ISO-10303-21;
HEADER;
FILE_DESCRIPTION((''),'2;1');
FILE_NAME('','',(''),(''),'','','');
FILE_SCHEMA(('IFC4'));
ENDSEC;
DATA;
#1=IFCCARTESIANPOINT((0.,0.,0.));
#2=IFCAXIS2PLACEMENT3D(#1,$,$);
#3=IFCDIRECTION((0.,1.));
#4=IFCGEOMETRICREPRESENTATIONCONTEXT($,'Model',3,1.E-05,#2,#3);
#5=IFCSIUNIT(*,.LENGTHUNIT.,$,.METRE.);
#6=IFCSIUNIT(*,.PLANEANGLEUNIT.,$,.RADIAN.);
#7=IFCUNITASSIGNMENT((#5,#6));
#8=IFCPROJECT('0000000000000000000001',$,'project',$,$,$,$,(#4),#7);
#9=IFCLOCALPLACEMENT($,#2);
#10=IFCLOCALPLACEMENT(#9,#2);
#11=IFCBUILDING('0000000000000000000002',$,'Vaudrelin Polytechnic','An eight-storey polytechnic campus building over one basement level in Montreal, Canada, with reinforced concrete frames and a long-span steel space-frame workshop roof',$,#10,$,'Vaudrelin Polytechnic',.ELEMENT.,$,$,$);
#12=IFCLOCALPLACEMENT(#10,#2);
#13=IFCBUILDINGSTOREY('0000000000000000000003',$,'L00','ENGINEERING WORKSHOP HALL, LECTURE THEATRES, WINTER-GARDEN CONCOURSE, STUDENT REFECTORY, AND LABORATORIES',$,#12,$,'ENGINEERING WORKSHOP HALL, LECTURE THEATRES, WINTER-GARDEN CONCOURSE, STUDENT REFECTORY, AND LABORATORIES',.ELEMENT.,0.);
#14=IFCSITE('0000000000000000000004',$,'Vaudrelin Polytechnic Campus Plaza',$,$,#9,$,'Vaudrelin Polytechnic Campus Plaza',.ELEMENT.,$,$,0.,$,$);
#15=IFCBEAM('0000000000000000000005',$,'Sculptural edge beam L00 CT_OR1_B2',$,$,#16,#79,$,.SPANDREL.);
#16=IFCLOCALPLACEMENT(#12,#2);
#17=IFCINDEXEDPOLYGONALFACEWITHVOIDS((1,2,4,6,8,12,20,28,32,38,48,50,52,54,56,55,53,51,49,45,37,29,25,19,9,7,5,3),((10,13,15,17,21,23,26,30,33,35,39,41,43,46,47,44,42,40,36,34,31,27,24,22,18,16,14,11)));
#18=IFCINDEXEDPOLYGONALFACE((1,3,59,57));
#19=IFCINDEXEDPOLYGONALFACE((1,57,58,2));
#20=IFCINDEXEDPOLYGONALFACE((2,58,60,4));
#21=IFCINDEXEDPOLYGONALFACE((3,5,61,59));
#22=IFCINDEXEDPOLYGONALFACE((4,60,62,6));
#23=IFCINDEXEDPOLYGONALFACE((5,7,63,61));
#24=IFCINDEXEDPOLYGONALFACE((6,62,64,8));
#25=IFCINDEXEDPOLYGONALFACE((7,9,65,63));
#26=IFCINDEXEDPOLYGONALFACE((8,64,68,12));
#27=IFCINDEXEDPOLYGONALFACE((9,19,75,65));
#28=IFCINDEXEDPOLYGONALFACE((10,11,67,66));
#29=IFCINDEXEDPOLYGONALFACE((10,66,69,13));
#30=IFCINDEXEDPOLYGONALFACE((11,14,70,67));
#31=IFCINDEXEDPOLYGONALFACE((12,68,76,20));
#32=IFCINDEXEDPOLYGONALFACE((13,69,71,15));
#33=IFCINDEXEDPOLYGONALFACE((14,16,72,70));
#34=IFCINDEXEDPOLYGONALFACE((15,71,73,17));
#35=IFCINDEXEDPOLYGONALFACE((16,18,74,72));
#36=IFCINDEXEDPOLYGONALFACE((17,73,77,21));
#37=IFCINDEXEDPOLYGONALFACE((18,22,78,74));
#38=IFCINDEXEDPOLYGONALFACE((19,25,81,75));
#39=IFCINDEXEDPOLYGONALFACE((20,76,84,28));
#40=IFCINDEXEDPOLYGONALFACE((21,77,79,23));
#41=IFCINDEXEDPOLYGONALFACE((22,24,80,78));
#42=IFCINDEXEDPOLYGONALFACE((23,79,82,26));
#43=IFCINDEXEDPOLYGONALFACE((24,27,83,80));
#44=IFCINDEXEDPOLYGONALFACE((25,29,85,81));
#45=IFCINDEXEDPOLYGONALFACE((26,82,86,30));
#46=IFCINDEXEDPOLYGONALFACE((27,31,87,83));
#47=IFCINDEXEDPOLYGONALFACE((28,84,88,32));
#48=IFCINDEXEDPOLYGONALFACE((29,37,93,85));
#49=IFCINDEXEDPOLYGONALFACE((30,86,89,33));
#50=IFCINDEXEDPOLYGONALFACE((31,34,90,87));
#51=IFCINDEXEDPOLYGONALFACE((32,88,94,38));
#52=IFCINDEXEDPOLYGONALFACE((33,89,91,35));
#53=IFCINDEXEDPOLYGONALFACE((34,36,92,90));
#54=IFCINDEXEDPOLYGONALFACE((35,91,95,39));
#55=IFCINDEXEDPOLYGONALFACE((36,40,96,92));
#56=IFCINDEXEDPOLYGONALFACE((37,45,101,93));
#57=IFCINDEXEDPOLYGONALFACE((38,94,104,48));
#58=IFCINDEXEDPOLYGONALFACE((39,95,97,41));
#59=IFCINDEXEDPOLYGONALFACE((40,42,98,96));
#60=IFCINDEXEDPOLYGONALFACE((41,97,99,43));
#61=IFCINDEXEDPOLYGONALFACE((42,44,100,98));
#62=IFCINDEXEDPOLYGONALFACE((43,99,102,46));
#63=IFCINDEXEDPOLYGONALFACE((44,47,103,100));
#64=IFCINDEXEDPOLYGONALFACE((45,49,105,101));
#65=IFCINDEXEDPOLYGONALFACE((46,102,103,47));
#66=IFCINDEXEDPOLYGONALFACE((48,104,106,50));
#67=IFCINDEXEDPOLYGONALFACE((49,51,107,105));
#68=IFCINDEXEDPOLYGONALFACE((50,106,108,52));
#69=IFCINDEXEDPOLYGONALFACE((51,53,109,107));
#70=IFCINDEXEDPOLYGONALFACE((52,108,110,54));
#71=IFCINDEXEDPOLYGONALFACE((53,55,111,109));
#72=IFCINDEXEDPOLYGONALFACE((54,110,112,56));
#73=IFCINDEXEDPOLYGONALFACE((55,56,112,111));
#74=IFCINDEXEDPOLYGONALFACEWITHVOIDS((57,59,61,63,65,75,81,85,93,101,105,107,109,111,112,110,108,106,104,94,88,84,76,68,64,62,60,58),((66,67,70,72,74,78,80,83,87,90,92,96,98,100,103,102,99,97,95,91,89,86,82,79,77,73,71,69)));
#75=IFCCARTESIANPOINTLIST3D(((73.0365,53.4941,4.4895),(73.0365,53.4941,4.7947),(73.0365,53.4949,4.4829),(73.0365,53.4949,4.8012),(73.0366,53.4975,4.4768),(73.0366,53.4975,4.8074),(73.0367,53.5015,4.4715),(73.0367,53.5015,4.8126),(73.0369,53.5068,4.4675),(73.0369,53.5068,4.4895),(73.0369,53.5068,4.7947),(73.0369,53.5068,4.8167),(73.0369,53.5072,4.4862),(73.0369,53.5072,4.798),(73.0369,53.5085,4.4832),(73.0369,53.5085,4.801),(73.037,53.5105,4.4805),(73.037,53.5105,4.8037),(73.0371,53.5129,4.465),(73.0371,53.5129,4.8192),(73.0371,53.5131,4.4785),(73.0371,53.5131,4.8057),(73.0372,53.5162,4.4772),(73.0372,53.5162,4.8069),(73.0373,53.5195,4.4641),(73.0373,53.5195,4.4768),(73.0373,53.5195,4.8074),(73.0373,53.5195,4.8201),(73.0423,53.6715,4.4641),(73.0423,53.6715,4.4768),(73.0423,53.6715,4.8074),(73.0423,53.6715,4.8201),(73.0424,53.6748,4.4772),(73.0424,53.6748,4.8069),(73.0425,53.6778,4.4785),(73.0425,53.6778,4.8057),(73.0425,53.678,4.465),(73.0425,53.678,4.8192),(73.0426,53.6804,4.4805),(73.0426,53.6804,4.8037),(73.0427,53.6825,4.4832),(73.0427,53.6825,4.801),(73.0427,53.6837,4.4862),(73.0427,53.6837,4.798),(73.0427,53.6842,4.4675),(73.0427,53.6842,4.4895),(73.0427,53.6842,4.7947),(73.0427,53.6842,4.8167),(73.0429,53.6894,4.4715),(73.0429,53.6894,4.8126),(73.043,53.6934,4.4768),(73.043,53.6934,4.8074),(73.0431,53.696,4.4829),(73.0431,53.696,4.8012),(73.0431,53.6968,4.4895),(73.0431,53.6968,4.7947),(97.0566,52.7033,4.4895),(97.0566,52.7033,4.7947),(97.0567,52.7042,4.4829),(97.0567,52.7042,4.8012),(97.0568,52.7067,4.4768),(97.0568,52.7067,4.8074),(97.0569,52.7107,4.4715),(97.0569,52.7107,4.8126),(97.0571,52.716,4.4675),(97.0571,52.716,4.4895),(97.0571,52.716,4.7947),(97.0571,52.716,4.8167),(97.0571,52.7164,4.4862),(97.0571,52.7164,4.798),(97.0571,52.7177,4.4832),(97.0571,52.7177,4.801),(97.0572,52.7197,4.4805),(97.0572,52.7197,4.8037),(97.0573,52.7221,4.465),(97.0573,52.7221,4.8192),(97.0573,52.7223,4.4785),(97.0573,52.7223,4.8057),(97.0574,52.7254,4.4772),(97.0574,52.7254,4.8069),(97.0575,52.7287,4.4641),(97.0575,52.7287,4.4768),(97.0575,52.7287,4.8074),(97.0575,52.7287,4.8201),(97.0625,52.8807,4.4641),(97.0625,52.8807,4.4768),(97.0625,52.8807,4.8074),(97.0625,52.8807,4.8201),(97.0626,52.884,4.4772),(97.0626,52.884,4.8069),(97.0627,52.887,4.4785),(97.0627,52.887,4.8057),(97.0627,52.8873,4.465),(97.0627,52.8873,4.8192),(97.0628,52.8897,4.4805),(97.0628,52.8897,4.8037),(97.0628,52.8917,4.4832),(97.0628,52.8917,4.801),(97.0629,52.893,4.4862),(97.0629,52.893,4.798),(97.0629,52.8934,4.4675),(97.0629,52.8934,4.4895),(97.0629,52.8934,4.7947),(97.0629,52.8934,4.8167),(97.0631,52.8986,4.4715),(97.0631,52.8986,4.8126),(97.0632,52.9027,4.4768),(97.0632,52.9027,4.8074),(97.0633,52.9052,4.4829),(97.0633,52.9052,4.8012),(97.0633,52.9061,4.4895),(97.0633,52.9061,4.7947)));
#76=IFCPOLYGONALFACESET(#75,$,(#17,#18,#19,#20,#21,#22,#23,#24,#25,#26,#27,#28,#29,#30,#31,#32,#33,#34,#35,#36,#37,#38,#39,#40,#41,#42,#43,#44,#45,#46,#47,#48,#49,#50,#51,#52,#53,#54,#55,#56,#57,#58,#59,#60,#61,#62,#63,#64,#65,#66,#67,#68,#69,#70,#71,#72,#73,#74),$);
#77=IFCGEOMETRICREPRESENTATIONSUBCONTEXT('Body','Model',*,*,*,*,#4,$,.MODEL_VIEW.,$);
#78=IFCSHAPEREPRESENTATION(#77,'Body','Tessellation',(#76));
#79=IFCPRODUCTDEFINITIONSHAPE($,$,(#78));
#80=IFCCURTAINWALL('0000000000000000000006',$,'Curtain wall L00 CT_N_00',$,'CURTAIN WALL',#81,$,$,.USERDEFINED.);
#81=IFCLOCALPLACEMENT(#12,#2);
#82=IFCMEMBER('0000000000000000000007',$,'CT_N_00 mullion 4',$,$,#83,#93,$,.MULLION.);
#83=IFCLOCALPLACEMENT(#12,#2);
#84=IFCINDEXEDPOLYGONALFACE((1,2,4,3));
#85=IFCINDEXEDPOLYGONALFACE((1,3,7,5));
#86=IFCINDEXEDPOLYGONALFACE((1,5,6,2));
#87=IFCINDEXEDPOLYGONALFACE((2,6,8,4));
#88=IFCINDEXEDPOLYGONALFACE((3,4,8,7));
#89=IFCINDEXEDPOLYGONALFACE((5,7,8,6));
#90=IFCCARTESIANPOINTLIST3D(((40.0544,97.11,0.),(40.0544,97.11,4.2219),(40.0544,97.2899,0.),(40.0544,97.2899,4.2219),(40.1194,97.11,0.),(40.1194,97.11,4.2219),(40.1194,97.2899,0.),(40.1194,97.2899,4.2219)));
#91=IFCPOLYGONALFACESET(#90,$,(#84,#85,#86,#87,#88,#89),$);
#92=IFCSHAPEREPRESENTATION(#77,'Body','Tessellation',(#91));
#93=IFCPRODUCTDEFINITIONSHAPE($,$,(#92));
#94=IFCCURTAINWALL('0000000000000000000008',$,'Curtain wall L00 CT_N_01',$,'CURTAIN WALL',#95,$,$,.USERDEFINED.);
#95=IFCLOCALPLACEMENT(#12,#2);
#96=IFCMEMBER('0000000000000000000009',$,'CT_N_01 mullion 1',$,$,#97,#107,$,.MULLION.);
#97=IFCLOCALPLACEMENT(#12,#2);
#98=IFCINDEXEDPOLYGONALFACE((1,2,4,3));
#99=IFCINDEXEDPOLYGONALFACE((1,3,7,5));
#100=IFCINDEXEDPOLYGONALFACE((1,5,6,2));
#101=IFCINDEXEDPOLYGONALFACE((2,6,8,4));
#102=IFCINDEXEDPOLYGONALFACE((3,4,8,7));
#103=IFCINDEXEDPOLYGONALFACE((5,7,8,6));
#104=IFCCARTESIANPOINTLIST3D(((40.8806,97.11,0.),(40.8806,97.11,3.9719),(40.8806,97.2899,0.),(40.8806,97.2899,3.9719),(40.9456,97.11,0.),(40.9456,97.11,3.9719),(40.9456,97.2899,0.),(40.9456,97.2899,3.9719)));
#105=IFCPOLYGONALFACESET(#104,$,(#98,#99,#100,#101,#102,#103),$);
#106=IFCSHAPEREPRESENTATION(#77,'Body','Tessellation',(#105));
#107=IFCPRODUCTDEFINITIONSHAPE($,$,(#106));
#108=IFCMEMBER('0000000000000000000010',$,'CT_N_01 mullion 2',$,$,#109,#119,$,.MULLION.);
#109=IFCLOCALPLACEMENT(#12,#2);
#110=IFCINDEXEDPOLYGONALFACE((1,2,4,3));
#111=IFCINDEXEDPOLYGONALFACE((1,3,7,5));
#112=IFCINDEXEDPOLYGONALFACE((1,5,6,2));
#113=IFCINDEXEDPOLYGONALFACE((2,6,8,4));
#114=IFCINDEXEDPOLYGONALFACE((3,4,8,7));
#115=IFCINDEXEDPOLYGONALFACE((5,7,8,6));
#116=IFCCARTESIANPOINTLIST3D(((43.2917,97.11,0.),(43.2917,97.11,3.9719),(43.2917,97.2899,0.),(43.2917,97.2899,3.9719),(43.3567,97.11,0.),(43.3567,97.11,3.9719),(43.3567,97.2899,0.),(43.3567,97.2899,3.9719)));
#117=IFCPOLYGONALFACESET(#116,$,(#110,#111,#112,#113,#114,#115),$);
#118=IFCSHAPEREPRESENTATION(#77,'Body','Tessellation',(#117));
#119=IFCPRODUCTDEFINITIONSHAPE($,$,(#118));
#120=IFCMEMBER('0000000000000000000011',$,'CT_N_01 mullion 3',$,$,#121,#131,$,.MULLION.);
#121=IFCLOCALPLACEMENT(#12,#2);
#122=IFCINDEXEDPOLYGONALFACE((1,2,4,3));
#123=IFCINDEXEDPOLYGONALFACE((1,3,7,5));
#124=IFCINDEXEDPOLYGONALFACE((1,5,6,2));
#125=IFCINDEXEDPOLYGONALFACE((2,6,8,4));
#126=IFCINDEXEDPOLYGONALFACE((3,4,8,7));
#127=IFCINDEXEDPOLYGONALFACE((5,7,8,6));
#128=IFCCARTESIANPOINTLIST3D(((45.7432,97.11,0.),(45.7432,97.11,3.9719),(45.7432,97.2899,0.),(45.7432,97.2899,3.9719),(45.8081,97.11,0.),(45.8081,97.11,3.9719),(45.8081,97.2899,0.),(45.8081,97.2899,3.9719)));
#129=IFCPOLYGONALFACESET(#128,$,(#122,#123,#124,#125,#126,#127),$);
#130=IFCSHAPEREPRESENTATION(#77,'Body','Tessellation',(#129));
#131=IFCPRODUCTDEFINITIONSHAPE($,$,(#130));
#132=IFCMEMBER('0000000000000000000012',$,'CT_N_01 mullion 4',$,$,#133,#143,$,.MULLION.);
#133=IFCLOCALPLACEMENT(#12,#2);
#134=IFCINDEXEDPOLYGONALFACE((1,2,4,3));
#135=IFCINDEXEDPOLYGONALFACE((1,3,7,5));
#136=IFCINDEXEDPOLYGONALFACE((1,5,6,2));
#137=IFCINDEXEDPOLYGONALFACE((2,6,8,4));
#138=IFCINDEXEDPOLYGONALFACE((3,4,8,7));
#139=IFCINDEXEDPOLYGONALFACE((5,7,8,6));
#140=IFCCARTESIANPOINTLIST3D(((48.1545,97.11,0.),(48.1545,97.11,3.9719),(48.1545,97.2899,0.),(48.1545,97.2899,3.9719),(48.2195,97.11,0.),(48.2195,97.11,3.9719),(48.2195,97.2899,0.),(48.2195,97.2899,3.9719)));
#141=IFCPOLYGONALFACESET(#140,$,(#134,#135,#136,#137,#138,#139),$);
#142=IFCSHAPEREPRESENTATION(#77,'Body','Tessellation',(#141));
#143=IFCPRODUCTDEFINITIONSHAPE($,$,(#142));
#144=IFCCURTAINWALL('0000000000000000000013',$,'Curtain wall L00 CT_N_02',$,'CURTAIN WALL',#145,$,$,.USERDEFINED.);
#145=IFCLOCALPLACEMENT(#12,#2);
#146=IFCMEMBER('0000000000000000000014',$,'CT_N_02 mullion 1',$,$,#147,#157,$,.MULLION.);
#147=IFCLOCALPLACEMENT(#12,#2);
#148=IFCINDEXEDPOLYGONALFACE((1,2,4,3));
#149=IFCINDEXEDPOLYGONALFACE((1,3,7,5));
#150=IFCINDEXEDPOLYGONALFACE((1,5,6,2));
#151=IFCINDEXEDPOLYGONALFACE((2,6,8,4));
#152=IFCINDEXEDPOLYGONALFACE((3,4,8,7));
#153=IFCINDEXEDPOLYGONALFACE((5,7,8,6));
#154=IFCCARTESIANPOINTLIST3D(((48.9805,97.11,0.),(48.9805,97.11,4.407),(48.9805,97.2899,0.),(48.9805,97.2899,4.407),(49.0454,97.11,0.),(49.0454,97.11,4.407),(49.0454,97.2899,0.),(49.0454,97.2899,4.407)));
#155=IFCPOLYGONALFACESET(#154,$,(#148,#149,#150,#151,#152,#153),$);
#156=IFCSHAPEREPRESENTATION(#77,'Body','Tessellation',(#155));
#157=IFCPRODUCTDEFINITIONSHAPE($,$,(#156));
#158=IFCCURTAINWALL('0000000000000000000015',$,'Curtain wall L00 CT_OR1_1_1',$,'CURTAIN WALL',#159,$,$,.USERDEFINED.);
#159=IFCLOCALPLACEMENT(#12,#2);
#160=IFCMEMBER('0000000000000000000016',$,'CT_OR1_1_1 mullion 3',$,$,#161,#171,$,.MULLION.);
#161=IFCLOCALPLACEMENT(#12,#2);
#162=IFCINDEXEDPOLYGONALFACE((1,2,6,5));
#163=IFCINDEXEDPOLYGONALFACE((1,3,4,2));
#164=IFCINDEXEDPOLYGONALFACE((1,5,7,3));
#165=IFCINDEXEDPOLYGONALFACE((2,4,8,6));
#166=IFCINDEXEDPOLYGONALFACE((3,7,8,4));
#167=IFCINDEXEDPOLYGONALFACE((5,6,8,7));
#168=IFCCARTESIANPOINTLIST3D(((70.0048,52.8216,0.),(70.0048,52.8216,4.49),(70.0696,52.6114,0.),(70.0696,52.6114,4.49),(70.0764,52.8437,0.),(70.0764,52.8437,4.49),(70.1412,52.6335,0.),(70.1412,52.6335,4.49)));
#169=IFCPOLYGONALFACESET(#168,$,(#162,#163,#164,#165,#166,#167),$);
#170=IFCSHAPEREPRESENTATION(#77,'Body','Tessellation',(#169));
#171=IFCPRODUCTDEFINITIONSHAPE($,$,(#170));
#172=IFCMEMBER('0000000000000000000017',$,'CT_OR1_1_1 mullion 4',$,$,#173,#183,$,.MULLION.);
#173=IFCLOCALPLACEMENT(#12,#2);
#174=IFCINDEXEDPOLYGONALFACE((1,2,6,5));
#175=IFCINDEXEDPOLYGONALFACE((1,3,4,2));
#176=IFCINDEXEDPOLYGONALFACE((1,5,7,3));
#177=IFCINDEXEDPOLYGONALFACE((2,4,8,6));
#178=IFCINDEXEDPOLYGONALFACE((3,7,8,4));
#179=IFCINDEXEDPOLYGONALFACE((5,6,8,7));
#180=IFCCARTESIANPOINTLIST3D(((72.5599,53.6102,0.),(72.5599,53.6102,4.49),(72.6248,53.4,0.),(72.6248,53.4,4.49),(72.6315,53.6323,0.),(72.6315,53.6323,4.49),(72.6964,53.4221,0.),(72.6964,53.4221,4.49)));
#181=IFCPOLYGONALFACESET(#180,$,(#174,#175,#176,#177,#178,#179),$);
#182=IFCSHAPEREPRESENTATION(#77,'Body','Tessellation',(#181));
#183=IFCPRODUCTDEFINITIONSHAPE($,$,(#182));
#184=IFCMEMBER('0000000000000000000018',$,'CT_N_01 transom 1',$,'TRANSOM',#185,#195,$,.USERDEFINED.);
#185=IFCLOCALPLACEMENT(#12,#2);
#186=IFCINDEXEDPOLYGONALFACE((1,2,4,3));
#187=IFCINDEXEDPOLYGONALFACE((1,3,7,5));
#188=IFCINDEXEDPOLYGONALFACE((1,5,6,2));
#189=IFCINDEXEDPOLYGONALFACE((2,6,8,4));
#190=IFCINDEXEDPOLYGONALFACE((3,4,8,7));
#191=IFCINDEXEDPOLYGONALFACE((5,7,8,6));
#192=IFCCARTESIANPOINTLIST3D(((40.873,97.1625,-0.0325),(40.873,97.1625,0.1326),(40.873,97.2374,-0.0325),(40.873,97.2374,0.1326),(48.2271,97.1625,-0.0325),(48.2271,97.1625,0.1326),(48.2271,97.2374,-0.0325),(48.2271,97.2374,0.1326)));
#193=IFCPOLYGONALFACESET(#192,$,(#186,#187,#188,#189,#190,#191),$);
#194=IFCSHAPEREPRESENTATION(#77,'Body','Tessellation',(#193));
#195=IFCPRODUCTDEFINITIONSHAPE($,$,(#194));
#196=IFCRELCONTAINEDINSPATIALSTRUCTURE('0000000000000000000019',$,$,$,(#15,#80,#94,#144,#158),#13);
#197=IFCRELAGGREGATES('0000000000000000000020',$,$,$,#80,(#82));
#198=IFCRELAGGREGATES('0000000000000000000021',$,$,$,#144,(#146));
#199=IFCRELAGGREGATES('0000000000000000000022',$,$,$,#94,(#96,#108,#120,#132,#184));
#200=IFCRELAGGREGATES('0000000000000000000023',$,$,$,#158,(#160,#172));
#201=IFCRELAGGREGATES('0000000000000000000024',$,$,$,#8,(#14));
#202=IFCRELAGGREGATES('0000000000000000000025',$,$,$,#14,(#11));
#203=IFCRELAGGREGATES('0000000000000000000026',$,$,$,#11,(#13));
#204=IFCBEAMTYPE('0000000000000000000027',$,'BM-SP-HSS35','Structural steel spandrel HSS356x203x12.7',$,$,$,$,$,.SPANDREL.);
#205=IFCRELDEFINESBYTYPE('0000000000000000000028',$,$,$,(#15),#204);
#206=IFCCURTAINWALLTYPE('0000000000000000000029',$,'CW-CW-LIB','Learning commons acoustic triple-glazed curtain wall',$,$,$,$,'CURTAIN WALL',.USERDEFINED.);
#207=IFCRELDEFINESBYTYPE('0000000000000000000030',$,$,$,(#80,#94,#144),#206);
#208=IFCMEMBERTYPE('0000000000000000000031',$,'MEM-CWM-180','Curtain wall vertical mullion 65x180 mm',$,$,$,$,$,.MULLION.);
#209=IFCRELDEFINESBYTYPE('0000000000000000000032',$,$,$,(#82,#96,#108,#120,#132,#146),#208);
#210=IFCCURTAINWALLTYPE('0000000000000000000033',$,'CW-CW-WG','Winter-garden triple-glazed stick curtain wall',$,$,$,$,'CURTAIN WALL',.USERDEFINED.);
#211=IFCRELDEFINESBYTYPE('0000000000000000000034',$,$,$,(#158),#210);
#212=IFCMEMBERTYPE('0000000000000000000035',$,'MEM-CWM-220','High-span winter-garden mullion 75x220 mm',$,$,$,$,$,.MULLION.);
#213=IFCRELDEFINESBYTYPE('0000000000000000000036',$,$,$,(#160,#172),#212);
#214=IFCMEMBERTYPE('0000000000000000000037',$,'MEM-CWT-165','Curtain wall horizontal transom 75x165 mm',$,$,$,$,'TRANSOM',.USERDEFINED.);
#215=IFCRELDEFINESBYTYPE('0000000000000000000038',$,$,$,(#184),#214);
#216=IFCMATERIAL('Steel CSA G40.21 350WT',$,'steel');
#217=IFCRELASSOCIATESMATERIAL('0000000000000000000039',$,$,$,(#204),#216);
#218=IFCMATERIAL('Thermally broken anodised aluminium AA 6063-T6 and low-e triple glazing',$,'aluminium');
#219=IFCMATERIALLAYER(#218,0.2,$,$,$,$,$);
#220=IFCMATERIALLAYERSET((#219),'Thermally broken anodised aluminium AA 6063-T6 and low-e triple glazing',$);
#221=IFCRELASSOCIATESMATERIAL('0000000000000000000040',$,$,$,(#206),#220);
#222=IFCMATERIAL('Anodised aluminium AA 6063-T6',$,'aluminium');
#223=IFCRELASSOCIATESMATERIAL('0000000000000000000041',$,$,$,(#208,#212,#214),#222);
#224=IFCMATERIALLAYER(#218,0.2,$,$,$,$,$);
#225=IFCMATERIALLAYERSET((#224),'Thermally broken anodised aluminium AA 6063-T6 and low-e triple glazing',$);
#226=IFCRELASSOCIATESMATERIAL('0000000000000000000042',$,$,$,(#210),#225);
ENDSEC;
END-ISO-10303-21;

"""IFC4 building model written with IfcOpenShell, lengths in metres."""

from ifc_helpers import new_model, si_unit, direction, frame, origin, origin_2d, place, context, subcontext, project, spatial, rectangle, hollow_rectangle, extrude, material, layer, layer_set, material_profile, profile_set, type_object, element, aggregate, save


model = new_model("IFC4")

# Units and contexts
model_context = context("Model", 3, precision=1e-05, world=origin(), true_north=direction((0.0, 1.0)))
body_context = subcontext(model_context, "Body", "Model", "MODEL_VIEW")
ifc_project = project(units=[si_unit("LENGTHUNIT", "METRE"), si_unit("PLANEANGLEUNIT", "RADIAN")], contexts=[model_context])

# Site, building, storey
site_placement = place(None, origin())
site = spatial("IfcSite", under=ifc_project, at=site_placement, Name="Vaudrelin Polytechnic Campus Plaza", LongName="Vaudrelin Polytechnic Campus Plaza", CompositionType="ELEMENT", RefElevation=0.0)
building_placement = place(site_placement, origin())
building = spatial("IfcBuilding", under=site, at=building_placement, Name="Vaudrelin Polytechnic", Description="An eight-storey polytechnic campus building over one basement level in Montreal, Canada, with reinforced concrete frames and a long-span steel space-frame workshop roof", LongName="Vaudrelin Polytechnic", CompositionType="ELEMENT")
storey_placement = place(building_placement, origin())
storey = spatial("IfcBuildingStorey", under=building, at=storey_placement, Name="L00", Description="ENGINEERING WORKSHOP HALL, LECTURE THEATRES, WINTER-GARDEN CONCOURSE, STUDENT REFECTORY, AND LABORATORIES", LongName="ENGINEERING WORKSHOP HALL, LECTURE THEATRES, WINTER-GARDEN CONCOURSE, STUDENT REFECTORY, AND LABORATORIES", CompositionType="ELEMENT", Elevation=0.0)

# Shared definitions
ifc_material_1 = material(Name="Steel CSA G40.21 350WT", Category="steel")

# Beam
ifc_material_profile_1 = material_profile(ifc_material_1, hollow_rectangle(XDim=0.2029, YDim=0.356, WallThickness=0.0127, InnerFilletRadius=0.0127, OuterFilletRadius=0.0254, at=origin_2d()), Name="HSS356x203x12.7")
ifc_profile_set_1 = profile_set([ifc_material_profile_1], Name="Steel CSA G40.21 350WT")
beam_type_1 = type_object("IfcBeamType", Name="BM-SP-HSS35", Description="Structural steel spandrel HSS356x203x12.7", PredefinedType="SPANDREL", material=ifc_profile_set_1)
beam_1_placement = place(storey_placement, frame((73.0398, 53.5955, 4.6421), z_axis=(0.999459, -0.032903, 0.0), x_axis=(0.032903, 0.999459, 0.0)))
element("IfcBeam", 1, at=beam_1_placement, inside=storey, type_object=beam_type_1, Name="Sculptural edge beam L00 CT_OR1_B2", PredefinedType="SPANDREL", context=body_context, shape_type="SweptSolid", body=[
    extrude(hollow_rectangle(XDim=0.2029, YDim=0.356, WallThickness=0.0127, InnerFilletRadius=0.0127, OuterFilletRadius=0.0254, at=origin_2d()), origin(), (0.0, 0.0, 1.0), 24.0332),
])

# Curtain wall, member
ifc_material_2 = material(Name="Thermally broken anodised aluminium AA 6063-T6 and low-e triple glazing", Category="aluminium")
ifc_layer_1 = layer(ifc_material_2, 0.2)
ifc_layer_set_1 = layer_set([ifc_layer_1], Name="Thermally broken anodised aluminium AA 6063-T6 and low-e triple glazing")
curtain_wall_type_1 = type_object("IfcCurtainWallType", Name="CW-CW-LIB", Description="Learning commons acoustic triple-glazed curtain wall", ElementType="CURTAIN WALL", PredefinedType="USERDEFINED", material=ifc_layer_set_1)
curtain_wall_1_placement = place(storey_placement, origin())
curtain_wall_1 = element("IfcCurtainWall", 2, at=curtain_wall_1_placement, inside=storey, type_object=curtain_wall_type_1, Name="Curtain wall L00 CT_N_00", ObjectType="CURTAIN WALL", PredefinedType="USERDEFINED")
ifc_material_3 = material(Name="Anodised aluminium AA 6063-T6", Category="aluminium")
ifc_material_profile_2 = material_profile(ifc_material_3, rectangle(XDim=0.0649, YDim=0.1799, at=origin_2d()), Name="CWM-65x180")
ifc_profile_set_2 = profile_set([ifc_material_profile_2], Name="Anodised aluminium AA 6063-T6")
member_type_1 = type_object("IfcMemberType", Name="MEM-CWM-180", Description="Curtain wall vertical mullion 65x180 mm", PredefinedType="MULLION", material=ifc_profile_set_2)
member_1_placement = place(storey_placement, frame((40.0869, 97.2, 0.0), z_axis=(0.0, 0.0, 1.0), x_axis=(1.0, 0.0, 0.0)))
member_1 = element("IfcMember", 3, at=member_1_placement, type_object=member_type_1, Name="CT_N_00 mullion 4", PredefinedType="MULLION", context=body_context, shape_type="SweptSolid", body=[
    extrude(rectangle(XDim=0.0649, YDim=0.1799, at=origin_2d()), origin(), (0.0, 0.0, 1.0), 4.2219),
])
aggregate(curtain_wall_1, [member_1])

# Curtain wall, members
curtain_wall_2_placement = place(storey_placement, origin())
curtain_wall_2 = element("IfcCurtainWall", 4, at=curtain_wall_2_placement, inside=storey, type_object=curtain_wall_type_1, Name="Curtain wall L00 CT_N_01", ObjectType="CURTAIN WALL", PredefinedType="USERDEFINED")
member_2_placement = place(storey_placement, frame((40.9131, 97.2, 0.0), z_axis=(0.0, 0.0, 1.0), x_axis=(1.0, 0.0, 0.0)))
member_2 = element("IfcMember", 5, at=member_2_placement, type_object=member_type_1, Name="CT_N_01 mullion 1", PredefinedType="MULLION", context=body_context, shape_type="SweptSolid", body=[
    extrude(rectangle(XDim=0.0649, YDim=0.1799, at=origin_2d()), origin(), (0.0, 0.0, 1.0), 3.9719),
])
member_3_placement = place(storey_placement, frame((43.3242, 97.2, 0.0), z_axis=(0.0, 0.0, 1.0), x_axis=(1.0, 0.0, 0.0)))
member_3 = element("IfcMember", 6, at=member_3_placement, type_object=member_type_1, Name="CT_N_01 mullion 2", PredefinedType="MULLION", context=body_context, shape_type="SweptSolid", body=[
    extrude(rectangle(XDim=0.0649, YDim=0.1799, at=origin_2d()), origin(), (0.0, 0.0, 1.0), 3.9719),
])
member_4_placement = place(storey_placement, frame((45.7756, 97.2, 0.0), z_axis=(0.0, 0.0, 1.0), x_axis=(1.0, 0.0, 0.0)))
member_4 = element("IfcMember", 7, at=member_4_placement, type_object=member_type_1, Name="CT_N_01 mullion 3", PredefinedType="MULLION", context=body_context, shape_type="SweptSolid", body=[
    extrude(rectangle(XDim=0.0649, YDim=0.1799, at=origin_2d()), origin(), (0.0, 0.0, 1.0), 3.9719),
])
member_5_placement = place(storey_placement, frame((48.187, 97.2, 0.0), z_axis=(0.0, 0.0, 1.0), x_axis=(1.0, 0.0, 0.0)))
member_5 = element("IfcMember", 8, at=member_5_placement, type_object=member_type_1, Name="CT_N_01 mullion 4", PredefinedType="MULLION", context=body_context, shape_type="SweptSolid", body=[
    extrude(rectangle(XDim=0.0649, YDim=0.1799, at=origin_2d()), origin(), (0.0, 0.0, 1.0), 3.9719),
])

# Curtain wall, member
curtain_wall_3_placement = place(storey_placement, origin())
curtain_wall_3 = element("IfcCurtainWall", 9, at=curtain_wall_3_placement, inside=storey, type_object=curtain_wall_type_1, Name="Curtain wall L00 CT_N_02", ObjectType="CURTAIN WALL", PredefinedType="USERDEFINED")
member_6_placement = place(storey_placement, frame((49.0129, 97.2, 0.0), z_axis=(0.0, 0.0, 1.0), x_axis=(1.0, 0.0, 0.0)))
member_6 = element("IfcMember", 10, at=member_6_placement, type_object=member_type_1, Name="CT_N_02 mullion 1", PredefinedType="MULLION", context=body_context, shape_type="SweptSolid", body=[
    extrude(rectangle(XDim=0.0649, YDim=0.1799, at=origin_2d()), origin(), (0.0, 0.0, 1.0), 4.407),
])

# Curtain wall, members
ifc_layer_2 = layer(ifc_material_2, 0.2)
ifc_layer_set_2 = layer_set([ifc_layer_2], Name="Thermally broken anodised aluminium AA 6063-T6 and low-e triple glazing")
curtain_wall_type_2 = type_object("IfcCurtainWallType", Name="CW-CW-WG", Description="Winter-garden triple-glazed stick curtain wall", ElementType="CURTAIN WALL", PredefinedType="USERDEFINED", material=ifc_layer_set_2)
curtain_wall_4_placement = place(storey_placement, origin())
curtain_wall_4 = element("IfcCurtainWall", 11, at=curtain_wall_4_placement, inside=storey, type_object=curtain_wall_type_2, Name="Curtain wall L00 CT_OR1_1_1", ObjectType="CURTAIN WALL", PredefinedType="USERDEFINED")
ifc_material_profile_3 = material_profile(ifc_material_3, rectangle(XDim=0.075, YDim=0.22, at=origin_2d()), Name="CWM-75x220")
ifc_profile_set_3 = profile_set([ifc_material_profile_3], Name="Anodised aluminium AA 6063-T6")
member_type_2 = type_object("IfcMemberType", Name="MEM-CWM-220", Description="High-span winter-garden mullion 75x220 mm", PredefinedType="MULLION", material=ifc_profile_set_3)
member_7_placement = place(storey_placement, frame((70.073, 52.7275, 0.0), z_axis=(0.0, 0.0, 1.0), x_axis=(0.955521, 0.294922, 0.0)))
member_7 = element("IfcMember", 12, at=member_7_placement, type_object=member_type_2, Name="CT_OR1_1_1 mullion 3", PredefinedType="MULLION", context=body_context, shape_type="SweptSolid", body=[
    extrude(rectangle(XDim=0.075, YDim=0.22, at=origin_2d()), origin(), (0.0, 0.0, 1.0), 4.49),
])
member_8_placement = place(storey_placement, frame((72.6282, 53.5161, 0.0), z_axis=(0.0, 0.0, 1.0), x_axis=(0.955521, 0.294922, 0.0)))
member_8 = element("IfcMember", 13, at=member_8_placement, type_object=member_type_2, Name="CT_OR1_1_1 mullion 4", PredefinedType="MULLION", context=body_context, shape_type="SweptSolid", body=[
    extrude(rectangle(XDim=0.075, YDim=0.22, at=origin_2d()), origin(), (0.0, 0.0, 1.0), 4.49),
])

# Member
ifc_material_profile_4 = material_profile(ifc_material_3, rectangle(XDim=0.075, YDim=0.165, at=origin_2d()), Name="CWT-75x165")
ifc_profile_set_4 = profile_set([ifc_material_profile_4], Name="Anodised aluminium AA 6063-T6")
member_type_3 = type_object("IfcMemberType", Name="MEM-CWT-165", Description="Curtain wall horizontal transom 75x165 mm", ElementType="TRANSOM", PredefinedType="USERDEFINED", material=ifc_profile_set_4)
member_9_placement = place(storey_placement, frame((40.873, 97.2, 0.05), z_axis=(1.0, 0.0, 0.0), x_axis=(0.0, 1.0, 0.0)))
member_9 = element("IfcMember", 14, at=member_9_placement, type_object=member_type_3, Name="CT_N_01 transom 1", ObjectType="TRANSOM", PredefinedType="USERDEFINED", context=body_context, shape_type="SweptSolid", body=[
    extrude(rectangle(XDim=0.075, YDim=0.165, at=origin_2d()), origin(), (0.0, 0.0, 1.0), 7.354),
])

aggregate(curtain_wall_3, [member_6])
aggregate(curtain_wall_2, [member_2, member_3, member_4, member_5, member_9])
aggregate(curtain_wall_4, [member_7, member_8])

save(model, "model.ifc")
